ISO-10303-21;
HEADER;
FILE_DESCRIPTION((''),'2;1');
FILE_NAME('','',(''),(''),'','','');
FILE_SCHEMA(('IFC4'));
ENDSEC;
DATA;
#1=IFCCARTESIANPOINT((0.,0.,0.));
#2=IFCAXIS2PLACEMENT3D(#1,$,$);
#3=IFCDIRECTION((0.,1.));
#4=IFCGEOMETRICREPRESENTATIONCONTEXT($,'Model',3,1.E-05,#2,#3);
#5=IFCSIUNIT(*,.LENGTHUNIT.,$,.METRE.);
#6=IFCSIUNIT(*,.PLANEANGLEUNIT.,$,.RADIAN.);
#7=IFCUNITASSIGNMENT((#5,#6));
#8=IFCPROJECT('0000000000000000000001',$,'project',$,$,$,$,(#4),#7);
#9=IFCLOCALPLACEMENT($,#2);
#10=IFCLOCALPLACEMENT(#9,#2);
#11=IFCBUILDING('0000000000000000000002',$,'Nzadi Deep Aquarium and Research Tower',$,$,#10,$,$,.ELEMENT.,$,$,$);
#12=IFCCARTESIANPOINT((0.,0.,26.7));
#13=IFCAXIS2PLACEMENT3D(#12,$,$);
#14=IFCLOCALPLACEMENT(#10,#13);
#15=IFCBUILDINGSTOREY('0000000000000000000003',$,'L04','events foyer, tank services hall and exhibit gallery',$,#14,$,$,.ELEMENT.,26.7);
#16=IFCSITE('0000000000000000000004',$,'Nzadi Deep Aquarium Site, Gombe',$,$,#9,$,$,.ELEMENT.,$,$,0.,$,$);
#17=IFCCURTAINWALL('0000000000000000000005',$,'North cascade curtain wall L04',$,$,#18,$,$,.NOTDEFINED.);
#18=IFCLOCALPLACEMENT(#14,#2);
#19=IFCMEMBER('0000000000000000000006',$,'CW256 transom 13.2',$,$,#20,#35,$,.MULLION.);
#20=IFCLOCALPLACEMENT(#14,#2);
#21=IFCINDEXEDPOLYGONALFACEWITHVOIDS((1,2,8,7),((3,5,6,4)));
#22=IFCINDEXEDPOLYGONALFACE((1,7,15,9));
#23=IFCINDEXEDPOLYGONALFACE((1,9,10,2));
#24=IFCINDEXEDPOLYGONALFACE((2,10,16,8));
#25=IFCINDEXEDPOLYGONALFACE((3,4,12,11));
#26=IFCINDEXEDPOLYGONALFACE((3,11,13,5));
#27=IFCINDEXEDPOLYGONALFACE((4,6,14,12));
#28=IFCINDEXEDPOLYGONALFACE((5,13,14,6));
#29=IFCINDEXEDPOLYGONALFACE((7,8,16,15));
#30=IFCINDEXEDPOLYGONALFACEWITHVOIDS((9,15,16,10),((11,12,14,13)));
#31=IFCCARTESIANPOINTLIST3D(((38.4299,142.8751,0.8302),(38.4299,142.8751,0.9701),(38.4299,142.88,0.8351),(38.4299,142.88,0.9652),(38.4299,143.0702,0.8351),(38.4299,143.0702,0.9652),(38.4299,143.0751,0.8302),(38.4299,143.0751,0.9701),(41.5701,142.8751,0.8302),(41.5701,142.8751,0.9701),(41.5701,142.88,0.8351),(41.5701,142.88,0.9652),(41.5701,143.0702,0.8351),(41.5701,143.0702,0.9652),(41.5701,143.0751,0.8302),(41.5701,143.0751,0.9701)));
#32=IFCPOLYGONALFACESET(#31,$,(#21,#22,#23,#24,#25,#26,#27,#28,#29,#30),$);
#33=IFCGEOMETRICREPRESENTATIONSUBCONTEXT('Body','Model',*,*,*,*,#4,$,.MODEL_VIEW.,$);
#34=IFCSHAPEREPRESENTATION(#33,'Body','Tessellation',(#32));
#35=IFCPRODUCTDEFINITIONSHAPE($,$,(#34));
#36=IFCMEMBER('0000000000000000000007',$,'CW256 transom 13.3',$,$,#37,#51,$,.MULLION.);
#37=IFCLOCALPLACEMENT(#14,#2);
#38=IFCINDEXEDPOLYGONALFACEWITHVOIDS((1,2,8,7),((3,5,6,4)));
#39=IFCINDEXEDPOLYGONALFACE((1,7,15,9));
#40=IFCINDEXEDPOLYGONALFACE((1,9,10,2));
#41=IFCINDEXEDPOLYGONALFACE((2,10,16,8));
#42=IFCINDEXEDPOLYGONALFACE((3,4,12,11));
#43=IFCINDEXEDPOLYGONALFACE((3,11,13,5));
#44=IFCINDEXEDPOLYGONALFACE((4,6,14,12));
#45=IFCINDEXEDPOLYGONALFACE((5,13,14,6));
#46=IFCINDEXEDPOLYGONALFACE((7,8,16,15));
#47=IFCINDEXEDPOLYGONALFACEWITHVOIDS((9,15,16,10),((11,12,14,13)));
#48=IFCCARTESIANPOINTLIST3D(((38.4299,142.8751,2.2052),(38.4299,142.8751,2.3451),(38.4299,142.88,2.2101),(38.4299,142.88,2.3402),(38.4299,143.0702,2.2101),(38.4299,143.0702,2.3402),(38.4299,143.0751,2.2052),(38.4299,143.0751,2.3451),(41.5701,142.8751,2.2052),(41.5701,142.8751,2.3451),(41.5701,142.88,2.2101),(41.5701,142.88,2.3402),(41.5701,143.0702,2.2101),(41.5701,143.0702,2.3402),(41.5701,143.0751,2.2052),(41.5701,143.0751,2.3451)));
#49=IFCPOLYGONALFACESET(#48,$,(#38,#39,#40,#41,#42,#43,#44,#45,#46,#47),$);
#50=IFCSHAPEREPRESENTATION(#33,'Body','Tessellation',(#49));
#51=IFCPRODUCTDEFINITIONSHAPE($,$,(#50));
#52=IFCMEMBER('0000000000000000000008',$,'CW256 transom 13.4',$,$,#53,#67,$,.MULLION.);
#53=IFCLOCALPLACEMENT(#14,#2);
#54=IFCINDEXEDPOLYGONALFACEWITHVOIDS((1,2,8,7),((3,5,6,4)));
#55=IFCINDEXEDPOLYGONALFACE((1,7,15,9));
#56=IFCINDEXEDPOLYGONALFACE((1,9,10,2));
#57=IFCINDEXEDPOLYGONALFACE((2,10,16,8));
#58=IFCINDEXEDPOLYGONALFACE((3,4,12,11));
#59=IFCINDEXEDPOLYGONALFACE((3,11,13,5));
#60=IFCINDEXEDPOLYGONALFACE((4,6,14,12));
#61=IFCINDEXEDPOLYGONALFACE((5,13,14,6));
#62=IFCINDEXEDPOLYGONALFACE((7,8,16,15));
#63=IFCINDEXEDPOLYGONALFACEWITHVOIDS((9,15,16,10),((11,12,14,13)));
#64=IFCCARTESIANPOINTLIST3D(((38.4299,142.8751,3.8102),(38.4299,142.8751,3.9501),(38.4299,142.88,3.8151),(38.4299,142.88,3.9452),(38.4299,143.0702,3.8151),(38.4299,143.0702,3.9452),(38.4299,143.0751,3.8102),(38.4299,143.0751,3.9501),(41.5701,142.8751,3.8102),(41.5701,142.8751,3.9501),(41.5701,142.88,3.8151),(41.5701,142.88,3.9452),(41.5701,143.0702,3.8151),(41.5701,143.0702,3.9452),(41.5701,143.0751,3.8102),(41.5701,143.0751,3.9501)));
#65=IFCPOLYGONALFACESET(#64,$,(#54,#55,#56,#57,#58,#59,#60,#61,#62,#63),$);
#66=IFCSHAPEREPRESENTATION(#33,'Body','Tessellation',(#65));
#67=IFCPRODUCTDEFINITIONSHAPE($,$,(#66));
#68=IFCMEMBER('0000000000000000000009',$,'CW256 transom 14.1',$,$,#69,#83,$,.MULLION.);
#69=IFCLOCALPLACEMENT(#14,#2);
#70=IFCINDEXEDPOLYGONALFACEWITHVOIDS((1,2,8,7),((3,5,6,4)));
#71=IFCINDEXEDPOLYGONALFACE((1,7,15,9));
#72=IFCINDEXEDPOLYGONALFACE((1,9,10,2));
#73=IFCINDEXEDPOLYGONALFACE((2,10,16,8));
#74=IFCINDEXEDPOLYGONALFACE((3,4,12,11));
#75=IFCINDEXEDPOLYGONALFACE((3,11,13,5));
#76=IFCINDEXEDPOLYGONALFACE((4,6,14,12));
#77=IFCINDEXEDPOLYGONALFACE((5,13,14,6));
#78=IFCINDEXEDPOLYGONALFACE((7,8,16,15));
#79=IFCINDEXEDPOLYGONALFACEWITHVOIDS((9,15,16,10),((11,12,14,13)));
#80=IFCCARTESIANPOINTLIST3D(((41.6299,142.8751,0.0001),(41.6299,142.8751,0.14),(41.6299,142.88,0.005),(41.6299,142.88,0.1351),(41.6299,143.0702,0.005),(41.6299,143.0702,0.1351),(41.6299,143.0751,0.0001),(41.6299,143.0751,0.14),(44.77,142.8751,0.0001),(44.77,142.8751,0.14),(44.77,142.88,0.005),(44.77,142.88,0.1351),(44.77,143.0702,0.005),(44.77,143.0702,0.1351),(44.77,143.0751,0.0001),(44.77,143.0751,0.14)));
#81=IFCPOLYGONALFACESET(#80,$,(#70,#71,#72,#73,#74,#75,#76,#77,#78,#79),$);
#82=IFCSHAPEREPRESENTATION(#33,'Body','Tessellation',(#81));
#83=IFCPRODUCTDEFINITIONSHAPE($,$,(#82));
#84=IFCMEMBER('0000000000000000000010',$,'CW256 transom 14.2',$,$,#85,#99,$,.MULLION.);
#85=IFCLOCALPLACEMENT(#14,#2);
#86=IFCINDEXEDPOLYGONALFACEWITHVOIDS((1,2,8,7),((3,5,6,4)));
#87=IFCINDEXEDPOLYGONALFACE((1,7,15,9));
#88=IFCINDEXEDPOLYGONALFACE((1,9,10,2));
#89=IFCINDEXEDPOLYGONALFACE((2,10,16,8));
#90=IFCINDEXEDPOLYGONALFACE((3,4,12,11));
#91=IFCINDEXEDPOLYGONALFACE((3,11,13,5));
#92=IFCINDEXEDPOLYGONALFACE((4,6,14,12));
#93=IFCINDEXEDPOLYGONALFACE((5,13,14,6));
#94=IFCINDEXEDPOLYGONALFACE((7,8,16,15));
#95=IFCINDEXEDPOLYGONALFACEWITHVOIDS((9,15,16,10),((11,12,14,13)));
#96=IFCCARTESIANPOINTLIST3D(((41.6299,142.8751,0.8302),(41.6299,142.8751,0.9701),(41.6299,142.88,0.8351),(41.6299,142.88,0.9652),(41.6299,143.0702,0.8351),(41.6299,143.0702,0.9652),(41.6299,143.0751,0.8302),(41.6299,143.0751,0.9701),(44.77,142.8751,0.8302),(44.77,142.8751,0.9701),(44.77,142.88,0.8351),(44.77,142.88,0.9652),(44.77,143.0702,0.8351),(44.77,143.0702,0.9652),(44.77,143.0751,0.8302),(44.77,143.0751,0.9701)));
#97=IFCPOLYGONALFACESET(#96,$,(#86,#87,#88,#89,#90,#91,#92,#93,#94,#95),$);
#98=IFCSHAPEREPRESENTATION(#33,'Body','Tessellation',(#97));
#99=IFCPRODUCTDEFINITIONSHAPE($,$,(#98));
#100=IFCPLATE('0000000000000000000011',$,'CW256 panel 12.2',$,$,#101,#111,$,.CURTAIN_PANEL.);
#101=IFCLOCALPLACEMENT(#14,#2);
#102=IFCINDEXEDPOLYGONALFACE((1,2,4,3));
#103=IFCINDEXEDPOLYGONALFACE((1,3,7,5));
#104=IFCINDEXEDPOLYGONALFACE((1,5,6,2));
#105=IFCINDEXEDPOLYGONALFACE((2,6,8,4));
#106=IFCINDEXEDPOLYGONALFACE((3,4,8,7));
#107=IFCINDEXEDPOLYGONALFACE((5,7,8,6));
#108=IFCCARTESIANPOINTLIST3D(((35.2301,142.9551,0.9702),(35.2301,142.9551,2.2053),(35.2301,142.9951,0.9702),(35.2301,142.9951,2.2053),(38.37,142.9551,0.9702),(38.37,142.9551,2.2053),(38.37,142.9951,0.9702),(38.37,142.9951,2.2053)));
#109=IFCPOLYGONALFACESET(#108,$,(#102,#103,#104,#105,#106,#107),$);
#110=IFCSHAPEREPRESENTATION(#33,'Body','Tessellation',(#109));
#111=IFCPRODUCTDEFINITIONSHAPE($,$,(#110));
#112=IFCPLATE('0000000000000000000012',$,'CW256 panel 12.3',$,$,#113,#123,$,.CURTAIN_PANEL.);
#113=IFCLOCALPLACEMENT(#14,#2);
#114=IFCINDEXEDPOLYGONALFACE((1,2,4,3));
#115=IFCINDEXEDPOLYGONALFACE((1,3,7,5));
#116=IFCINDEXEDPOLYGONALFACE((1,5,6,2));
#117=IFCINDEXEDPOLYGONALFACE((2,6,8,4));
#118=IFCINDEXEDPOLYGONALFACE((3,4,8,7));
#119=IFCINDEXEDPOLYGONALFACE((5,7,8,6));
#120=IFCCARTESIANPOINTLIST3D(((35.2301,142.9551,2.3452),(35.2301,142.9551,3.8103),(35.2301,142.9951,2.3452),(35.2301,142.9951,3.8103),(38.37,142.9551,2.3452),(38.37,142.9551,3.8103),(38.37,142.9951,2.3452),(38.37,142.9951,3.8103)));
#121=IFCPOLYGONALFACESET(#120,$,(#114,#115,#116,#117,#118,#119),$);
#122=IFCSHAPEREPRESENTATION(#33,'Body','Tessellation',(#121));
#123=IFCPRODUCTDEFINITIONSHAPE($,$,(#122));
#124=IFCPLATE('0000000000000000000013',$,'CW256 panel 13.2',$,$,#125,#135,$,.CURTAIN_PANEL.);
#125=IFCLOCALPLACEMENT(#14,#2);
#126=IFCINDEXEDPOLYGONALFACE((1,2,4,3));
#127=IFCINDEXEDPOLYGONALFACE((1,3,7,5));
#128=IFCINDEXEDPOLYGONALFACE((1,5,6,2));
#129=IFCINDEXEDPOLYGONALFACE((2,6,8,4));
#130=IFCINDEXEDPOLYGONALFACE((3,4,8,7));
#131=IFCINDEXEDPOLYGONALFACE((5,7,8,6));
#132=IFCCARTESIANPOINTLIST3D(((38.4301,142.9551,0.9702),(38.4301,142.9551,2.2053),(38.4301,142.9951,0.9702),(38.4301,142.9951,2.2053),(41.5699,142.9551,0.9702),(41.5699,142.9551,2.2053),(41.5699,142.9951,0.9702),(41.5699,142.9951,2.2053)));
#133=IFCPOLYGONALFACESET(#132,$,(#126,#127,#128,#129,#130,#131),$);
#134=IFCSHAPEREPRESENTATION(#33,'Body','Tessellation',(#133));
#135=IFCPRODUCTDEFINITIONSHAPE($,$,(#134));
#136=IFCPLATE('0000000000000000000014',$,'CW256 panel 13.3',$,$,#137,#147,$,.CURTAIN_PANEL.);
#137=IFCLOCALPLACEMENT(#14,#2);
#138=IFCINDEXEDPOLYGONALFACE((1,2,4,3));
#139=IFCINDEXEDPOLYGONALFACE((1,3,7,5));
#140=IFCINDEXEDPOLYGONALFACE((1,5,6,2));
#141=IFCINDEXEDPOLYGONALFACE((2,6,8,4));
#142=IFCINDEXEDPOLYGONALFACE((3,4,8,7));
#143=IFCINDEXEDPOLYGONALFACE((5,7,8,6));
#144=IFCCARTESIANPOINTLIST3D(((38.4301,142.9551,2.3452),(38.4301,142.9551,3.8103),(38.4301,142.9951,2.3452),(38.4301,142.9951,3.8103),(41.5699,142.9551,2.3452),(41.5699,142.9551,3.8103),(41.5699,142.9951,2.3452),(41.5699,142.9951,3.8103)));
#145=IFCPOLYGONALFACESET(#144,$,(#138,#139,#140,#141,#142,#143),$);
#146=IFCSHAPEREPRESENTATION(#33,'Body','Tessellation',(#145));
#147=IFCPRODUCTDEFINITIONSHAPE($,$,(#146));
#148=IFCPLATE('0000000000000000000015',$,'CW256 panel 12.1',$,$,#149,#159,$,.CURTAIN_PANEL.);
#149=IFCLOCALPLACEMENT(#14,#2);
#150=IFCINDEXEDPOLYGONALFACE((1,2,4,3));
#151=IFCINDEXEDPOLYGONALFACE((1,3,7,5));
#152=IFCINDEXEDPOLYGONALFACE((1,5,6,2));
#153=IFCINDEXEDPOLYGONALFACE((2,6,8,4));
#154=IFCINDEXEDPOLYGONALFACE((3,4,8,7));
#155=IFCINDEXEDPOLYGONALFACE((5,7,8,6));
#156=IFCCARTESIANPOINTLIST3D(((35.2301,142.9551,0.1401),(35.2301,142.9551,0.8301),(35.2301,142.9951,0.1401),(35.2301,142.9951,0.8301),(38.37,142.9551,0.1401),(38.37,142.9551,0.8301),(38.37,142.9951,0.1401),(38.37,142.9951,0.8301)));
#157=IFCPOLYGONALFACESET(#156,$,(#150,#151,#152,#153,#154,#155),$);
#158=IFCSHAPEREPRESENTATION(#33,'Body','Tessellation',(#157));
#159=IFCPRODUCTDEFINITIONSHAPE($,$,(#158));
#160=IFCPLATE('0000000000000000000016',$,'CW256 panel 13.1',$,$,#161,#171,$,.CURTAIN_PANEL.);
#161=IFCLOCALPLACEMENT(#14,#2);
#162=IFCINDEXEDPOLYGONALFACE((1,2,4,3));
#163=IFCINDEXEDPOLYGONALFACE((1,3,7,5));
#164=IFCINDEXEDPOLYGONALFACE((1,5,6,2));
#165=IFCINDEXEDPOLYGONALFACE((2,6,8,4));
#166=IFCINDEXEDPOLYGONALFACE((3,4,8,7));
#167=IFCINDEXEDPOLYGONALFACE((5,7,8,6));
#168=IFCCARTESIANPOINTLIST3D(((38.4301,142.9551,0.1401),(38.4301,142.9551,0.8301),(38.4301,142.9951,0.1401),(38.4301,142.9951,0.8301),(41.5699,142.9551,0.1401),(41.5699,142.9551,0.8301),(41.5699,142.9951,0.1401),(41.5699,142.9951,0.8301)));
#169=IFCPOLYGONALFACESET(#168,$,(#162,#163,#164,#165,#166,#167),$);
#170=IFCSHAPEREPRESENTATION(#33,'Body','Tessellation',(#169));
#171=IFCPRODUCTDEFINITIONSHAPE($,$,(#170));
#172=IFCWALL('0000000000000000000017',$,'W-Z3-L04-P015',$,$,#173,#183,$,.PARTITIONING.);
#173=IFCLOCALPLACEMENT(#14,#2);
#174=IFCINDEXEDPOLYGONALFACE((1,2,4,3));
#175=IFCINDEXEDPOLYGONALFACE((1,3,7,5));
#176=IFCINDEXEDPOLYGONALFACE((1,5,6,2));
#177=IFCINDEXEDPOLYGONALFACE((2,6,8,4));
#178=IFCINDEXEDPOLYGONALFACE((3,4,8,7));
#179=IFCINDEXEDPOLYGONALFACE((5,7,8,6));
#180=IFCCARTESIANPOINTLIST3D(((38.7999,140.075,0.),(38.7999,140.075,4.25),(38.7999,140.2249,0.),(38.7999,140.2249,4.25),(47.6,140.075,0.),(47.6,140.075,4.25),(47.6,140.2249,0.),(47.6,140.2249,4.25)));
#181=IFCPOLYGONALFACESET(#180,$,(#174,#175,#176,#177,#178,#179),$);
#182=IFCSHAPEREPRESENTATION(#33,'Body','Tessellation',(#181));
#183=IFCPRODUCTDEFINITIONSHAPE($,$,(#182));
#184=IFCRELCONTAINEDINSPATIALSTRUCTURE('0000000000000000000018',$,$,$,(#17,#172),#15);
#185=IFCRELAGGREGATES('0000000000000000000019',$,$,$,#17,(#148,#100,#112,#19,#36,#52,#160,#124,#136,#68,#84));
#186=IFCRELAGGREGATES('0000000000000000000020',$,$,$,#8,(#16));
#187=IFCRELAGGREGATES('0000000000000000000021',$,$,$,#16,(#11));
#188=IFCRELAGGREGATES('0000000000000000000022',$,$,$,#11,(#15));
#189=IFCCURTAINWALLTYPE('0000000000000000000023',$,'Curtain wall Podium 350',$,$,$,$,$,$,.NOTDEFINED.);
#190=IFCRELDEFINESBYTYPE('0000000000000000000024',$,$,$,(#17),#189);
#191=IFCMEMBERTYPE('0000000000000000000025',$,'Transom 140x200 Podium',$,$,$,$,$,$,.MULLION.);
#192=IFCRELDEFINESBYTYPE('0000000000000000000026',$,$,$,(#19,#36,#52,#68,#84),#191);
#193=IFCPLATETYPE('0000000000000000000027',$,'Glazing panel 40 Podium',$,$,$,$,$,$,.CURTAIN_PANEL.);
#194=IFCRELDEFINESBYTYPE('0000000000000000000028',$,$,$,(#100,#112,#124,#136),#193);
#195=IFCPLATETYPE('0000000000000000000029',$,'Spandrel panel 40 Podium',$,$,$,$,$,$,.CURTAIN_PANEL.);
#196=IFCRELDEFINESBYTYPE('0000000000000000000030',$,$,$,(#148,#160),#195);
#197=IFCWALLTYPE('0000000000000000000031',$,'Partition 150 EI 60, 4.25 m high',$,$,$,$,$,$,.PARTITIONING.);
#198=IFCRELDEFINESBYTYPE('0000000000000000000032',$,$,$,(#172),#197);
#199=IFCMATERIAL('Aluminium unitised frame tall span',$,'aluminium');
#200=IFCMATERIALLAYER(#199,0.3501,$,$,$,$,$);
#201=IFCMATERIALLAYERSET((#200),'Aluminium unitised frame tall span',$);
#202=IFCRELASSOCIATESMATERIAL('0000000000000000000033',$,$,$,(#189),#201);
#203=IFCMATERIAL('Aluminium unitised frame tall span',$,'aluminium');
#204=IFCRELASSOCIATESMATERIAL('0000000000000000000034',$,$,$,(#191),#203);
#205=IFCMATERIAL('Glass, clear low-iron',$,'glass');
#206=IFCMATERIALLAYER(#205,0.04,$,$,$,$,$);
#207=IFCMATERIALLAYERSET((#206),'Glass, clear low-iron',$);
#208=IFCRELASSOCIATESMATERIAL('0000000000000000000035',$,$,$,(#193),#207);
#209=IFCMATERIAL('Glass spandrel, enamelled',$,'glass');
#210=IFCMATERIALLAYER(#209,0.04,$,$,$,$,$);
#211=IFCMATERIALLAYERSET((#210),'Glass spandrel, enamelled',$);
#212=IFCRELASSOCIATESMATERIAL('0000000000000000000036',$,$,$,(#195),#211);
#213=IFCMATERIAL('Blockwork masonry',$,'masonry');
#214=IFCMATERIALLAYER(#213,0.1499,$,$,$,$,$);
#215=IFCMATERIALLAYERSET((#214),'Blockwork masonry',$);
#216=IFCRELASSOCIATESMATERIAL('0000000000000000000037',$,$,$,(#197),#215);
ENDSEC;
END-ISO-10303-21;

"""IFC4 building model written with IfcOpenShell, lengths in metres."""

from ifc_helpers import new_model, si_unit, direction, frame, frame_2d, origin, origin_2d, place, context, subcontext, project, spatial, rectangle, hollow_rectangle, extrude, material, layer, layer_set, material_profile, profile_set, type_object, element, aggregate, save


model = new_model("IFC4")

# Units and contexts
model_context = context("Model", 3, precision=1e-05, world=origin(), true_north=direction((0.0, 1.0)))
body_context = subcontext(model_context, "Body", "Model", "MODEL_VIEW")
ifc_project = project(units=[si_unit("LENGTHUNIT", "METRE"), si_unit("PLANEANGLEUNIT", "RADIAN")], contexts=[model_context])

# Site, building, storey
site_placement = place(None, origin())
site = spatial("IfcSite", under=ifc_project, at=site_placement, Name="Nzadi Deep Aquarium Site, Gombe", CompositionType="ELEMENT", RefElevation=0.0)
building_placement = place(site_placement, origin())
building = spatial("IfcBuilding", under=site, at=building_placement, Name="Nzadi Deep Aquarium and Research Tower", CompositionType="ELEMENT")
storey_placement = place(building_placement, frame((0.0, 0.0, 26.7)))
storey = spatial("IfcBuildingStorey", under=building, at=storey_placement, Name="L04", Description="events foyer, tank services hall and exhibit gallery", CompositionType="ELEMENT", Elevation=26.7)

# Curtain wall
ifc_material_1 = material(Name="Aluminium unitised frame tall span", Category="aluminium")
ifc_layer_1 = layer(ifc_material_1, 0.3501)
ifc_layer_set_1 = layer_set([ifc_layer_1], Name="Aluminium unitised frame tall span")
curtain_wall_type = type_object("IfcCurtainWallType", Name="Curtain wall Podium 350", PredefinedType="NOTDEFINED", material=ifc_layer_set_1)
curtain_wall_placement = place(storey_placement, origin())
curtain_wall = element("IfcCurtainWall", 1, at=curtain_wall_placement, inside=storey, type_object=curtain_wall_type, Name="North cascade curtain wall L04", PredefinedType="NOTDEFINED")

# Members
ifc_material_2 = material(Name="Aluminium unitised frame tall span", Category="aluminium")
ifc_material_profile_1 = material_profile(ifc_material_2, hollow_rectangle(XDim=0.2, YDim=0.1399, WallThickness=0.0049, at=origin_2d()))
ifc_profile_set_1 = profile_set([ifc_material_profile_1], Name="Aluminium unitised frame tall span")
member_type_1 = type_object("IfcMemberType", Name="Transom 140x200 Podium", PredefinedType="MULLION", material=ifc_profile_set_1)
member_1_placement = place(storey_placement, frame((38.4299, 142.9751, 0.9001), z_axis=(1.0, 0.0, 0.0), x_axis=(0.0, 1.0, 0.0)))
member_1 = element("IfcMember", 2, at=member_1_placement, type_object=member_type_1, Name="CW256 transom 13.2", PredefinedType="MULLION", context=body_context, shape_type="SweptSolid", body=[
    extrude(hollow_rectangle(XDim=0.2, YDim=0.1399, WallThickness=0.0049, at=origin_2d()), origin(), (0.0, 0.0, 1.0), 3.1401),
])
member_2_placement = place(storey_placement, frame((38.4299, 142.9751, 2.2751), z_axis=(1.0, 0.0, 0.0), x_axis=(0.0, 1.0, 0.0)))
member_2 = element("IfcMember", 3, at=member_2_placement, type_object=member_type_1, Name="CW256 transom 13.3", PredefinedType="MULLION", context=body_context, shape_type="SweptSolid", body=[
    extrude(hollow_rectangle(XDim=0.2, YDim=0.1399, WallThickness=0.0049, at=origin_2d()), origin(), (0.0, 0.0, 1.0), 3.1401),
])
member_3_placement = place(storey_placement, frame((38.4299, 142.9751, 3.8801), z_axis=(1.0, 0.0, 0.0), x_axis=(0.0, 1.0, 0.0)))
member_3 = element("IfcMember", 4, at=member_3_placement, type_object=member_type_1, Name="CW256 transom 13.4", PredefinedType="MULLION", context=body_context, shape_type="SweptSolid", body=[
    extrude(hollow_rectangle(XDim=0.2, YDim=0.1399, WallThickness=0.0049, at=origin_2d()), origin(), (0.0, 0.0, 1.0), 3.1401),
])
member_4_placement = place(storey_placement, frame((41.6299, 142.9751, 0.0701), z_axis=(1.0, 0.0, 0.0), x_axis=(0.0, 1.0, 0.0)))
member_4 = element("IfcMember", 5, at=member_4_placement, type_object=member_type_1, Name="CW256 transom 14.1", PredefinedType="MULLION", context=body_context, shape_type="SweptSolid", body=[
    extrude(hollow_rectangle(XDim=0.2, YDim=0.1399, WallThickness=0.0049, at=origin_2d()), origin(), (0.0, 0.0, 1.0), 3.1401),
])
member_5_placement = place(storey_placement, frame((41.6299, 142.9751, 0.9001), z_axis=(1.0, 0.0, 0.0), x_axis=(0.0, 1.0, 0.0)))
member_5 = element("IfcMember", 6, at=member_5_placement, type_object=member_type_1, Name="CW256 transom 14.2", PredefinedType="MULLION", context=body_context, shape_type="SweptSolid", body=[
    extrude(hollow_rectangle(XDim=0.2, YDim=0.1399, WallThickness=0.0049, at=origin_2d()), origin(), (0.0, 0.0, 1.0), 3.1401),
])

# Plates
ifc_material_3 = material(Name="Glass, clear low-iron", Category="glass")
ifc_layer_2 = layer(ifc_material_3, 0.04)
ifc_layer_set_2 = layer_set([ifc_layer_2], Name="Glass, clear low-iron")
plate_type_1 = type_object("IfcPlateType", Name="Glazing panel 40 Podium", PredefinedType="CURTAIN_PANEL", material=ifc_layer_set_2)
plate_1_placement = place(storey_placement, frame((36.8, 142.9751, 0.9702), z_axis=(0.0, 0.0, 1.0), x_axis=(1.0, 0.0, 0.0)))
plate_1 = element("IfcPlate", 7, at=plate_1_placement, type_object=plate_type_1, Name="CW256 panel 12.2", PredefinedType="CURTAIN_PANEL", context=body_context, shape_type="SweptSolid", body=[
    extrude(rectangle(XDim=3.1399, YDim=0.04, at=origin_2d()), origin(), (0.0, 0.0, 1.0), 1.2351),
])
plate_2_placement = place(storey_placement, frame((36.8, 142.9751, 2.3452), z_axis=(0.0, 0.0, 1.0), x_axis=(1.0, 0.0, 0.0)))
plate_2 = element("IfcPlate", 8, at=plate_2_placement, type_object=plate_type_1, Name="CW256 panel 12.3", PredefinedType="CURTAIN_PANEL", context=body_context, shape_type="SweptSolid", body=[
    extrude(rectangle(XDim=3.1399, YDim=0.04, at=origin_2d()), origin(), (0.0, 0.0, 1.0), 1.4651),
])
plate_3_placement = place(storey_placement, frame((40.0, 142.9751, 0.9702), z_axis=(0.0, 0.0, 1.0), x_axis=(1.0, 0.0, 0.0)))
plate_3 = element("IfcPlate", 9, at=plate_3_placement, type_object=plate_type_1, Name="CW256 panel 13.2", PredefinedType="CURTAIN_PANEL", context=body_context, shape_type="SweptSolid", body=[
    extrude(rectangle(XDim=3.1399, YDim=0.04, at=origin_2d()), origin(), (0.0, 0.0, 1.0), 1.2351),
])
plate_4_placement = place(storey_placement, frame((40.0, 142.9751, 2.3452), z_axis=(0.0, 0.0, 1.0), x_axis=(1.0, 0.0, 0.0)))
plate_4 = element("IfcPlate", 10, at=plate_4_placement, type_object=plate_type_1, Name="CW256 panel 13.3", PredefinedType="CURTAIN_PANEL", context=body_context, shape_type="SweptSolid", body=[
    extrude(rectangle(XDim=3.1399, YDim=0.04, at=origin_2d()), origin(), (0.0, 0.0, 1.0), 1.4651),
])
ifc_material_4 = material(Name="Glass spandrel, enamelled", Category="glass")
ifc_layer_3 = layer(ifc_material_4, 0.04)
ifc_layer_set_3 = layer_set([ifc_layer_3], Name="Glass spandrel, enamelled")
plate_type_2 = type_object("IfcPlateType", Name="Spandrel panel 40 Podium", PredefinedType="CURTAIN_PANEL", material=ifc_layer_set_3)
plate_5_placement = place(storey_placement, frame((36.8, 142.9751, 0.1401), z_axis=(0.0, 0.0, 1.0), x_axis=(1.0, 0.0, 0.0)))
plate_5 = element("IfcPlate", 11, at=plate_5_placement, type_object=plate_type_2, Name="CW256 panel 12.1", PredefinedType="CURTAIN_PANEL", context=body_context, shape_type="SweptSolid", body=[
    extrude(rectangle(XDim=3.1399, YDim=0.04, at=origin_2d()), origin(), (0.0, 0.0, 1.0), 0.6899),
])
plate_6_placement = place(storey_placement, frame((40.0, 142.9751, 0.1401), z_axis=(0.0, 0.0, 1.0), x_axis=(1.0, 0.0, 0.0)))
plate_6 = element("IfcPlate", 12, at=plate_6_placement, type_object=plate_type_2, Name="CW256 panel 13.1", PredefinedType="CURTAIN_PANEL", context=body_context, shape_type="SweptSolid", body=[
    extrude(rectangle(XDim=3.1399, YDim=0.04, at=origin_2d()), origin(), (0.0, 0.0, 1.0), 0.6899),
])
aggregate(curtain_wall, [plate_5, plate_1, plate_2, member_1, member_2, member_3, plate_6, plate_3, plate_4, member_4, member_5])

# Wall
ifc_material_5 = material(Name="Blockwork masonry", Category="masonry")
ifc_layer_4 = layer(ifc_material_5, 0.1499)
ifc_layer_set_4 = layer_set([ifc_layer_4], Name="Blockwork masonry")
wall_type = type_object("IfcWallType", Name="Partition 150 EI 60, 4.25 m high", PredefinedType="PARTITIONING", material=ifc_layer_set_4)
wall_placement = place(storey_placement, frame((38.8, 140.1499, 0.0), z_axis=(0.0, 0.0, 1.0), x_axis=(1.0, 0.0, 0.0)))
element("IfcWall", 13, at=wall_placement, inside=storey, type_object=wall_type, Name="W-Z3-L04-P015", PredefinedType="PARTITIONING", context=body_context, shape_type="SweptSolid", body=[
    extrude(rectangle(XDim=8.8, YDim=0.1499, at=frame_2d((4.3999, 0.0))), origin(), (0.0, 0.0, 1.0), 4.25),
])

save(model, "model.ifc")
